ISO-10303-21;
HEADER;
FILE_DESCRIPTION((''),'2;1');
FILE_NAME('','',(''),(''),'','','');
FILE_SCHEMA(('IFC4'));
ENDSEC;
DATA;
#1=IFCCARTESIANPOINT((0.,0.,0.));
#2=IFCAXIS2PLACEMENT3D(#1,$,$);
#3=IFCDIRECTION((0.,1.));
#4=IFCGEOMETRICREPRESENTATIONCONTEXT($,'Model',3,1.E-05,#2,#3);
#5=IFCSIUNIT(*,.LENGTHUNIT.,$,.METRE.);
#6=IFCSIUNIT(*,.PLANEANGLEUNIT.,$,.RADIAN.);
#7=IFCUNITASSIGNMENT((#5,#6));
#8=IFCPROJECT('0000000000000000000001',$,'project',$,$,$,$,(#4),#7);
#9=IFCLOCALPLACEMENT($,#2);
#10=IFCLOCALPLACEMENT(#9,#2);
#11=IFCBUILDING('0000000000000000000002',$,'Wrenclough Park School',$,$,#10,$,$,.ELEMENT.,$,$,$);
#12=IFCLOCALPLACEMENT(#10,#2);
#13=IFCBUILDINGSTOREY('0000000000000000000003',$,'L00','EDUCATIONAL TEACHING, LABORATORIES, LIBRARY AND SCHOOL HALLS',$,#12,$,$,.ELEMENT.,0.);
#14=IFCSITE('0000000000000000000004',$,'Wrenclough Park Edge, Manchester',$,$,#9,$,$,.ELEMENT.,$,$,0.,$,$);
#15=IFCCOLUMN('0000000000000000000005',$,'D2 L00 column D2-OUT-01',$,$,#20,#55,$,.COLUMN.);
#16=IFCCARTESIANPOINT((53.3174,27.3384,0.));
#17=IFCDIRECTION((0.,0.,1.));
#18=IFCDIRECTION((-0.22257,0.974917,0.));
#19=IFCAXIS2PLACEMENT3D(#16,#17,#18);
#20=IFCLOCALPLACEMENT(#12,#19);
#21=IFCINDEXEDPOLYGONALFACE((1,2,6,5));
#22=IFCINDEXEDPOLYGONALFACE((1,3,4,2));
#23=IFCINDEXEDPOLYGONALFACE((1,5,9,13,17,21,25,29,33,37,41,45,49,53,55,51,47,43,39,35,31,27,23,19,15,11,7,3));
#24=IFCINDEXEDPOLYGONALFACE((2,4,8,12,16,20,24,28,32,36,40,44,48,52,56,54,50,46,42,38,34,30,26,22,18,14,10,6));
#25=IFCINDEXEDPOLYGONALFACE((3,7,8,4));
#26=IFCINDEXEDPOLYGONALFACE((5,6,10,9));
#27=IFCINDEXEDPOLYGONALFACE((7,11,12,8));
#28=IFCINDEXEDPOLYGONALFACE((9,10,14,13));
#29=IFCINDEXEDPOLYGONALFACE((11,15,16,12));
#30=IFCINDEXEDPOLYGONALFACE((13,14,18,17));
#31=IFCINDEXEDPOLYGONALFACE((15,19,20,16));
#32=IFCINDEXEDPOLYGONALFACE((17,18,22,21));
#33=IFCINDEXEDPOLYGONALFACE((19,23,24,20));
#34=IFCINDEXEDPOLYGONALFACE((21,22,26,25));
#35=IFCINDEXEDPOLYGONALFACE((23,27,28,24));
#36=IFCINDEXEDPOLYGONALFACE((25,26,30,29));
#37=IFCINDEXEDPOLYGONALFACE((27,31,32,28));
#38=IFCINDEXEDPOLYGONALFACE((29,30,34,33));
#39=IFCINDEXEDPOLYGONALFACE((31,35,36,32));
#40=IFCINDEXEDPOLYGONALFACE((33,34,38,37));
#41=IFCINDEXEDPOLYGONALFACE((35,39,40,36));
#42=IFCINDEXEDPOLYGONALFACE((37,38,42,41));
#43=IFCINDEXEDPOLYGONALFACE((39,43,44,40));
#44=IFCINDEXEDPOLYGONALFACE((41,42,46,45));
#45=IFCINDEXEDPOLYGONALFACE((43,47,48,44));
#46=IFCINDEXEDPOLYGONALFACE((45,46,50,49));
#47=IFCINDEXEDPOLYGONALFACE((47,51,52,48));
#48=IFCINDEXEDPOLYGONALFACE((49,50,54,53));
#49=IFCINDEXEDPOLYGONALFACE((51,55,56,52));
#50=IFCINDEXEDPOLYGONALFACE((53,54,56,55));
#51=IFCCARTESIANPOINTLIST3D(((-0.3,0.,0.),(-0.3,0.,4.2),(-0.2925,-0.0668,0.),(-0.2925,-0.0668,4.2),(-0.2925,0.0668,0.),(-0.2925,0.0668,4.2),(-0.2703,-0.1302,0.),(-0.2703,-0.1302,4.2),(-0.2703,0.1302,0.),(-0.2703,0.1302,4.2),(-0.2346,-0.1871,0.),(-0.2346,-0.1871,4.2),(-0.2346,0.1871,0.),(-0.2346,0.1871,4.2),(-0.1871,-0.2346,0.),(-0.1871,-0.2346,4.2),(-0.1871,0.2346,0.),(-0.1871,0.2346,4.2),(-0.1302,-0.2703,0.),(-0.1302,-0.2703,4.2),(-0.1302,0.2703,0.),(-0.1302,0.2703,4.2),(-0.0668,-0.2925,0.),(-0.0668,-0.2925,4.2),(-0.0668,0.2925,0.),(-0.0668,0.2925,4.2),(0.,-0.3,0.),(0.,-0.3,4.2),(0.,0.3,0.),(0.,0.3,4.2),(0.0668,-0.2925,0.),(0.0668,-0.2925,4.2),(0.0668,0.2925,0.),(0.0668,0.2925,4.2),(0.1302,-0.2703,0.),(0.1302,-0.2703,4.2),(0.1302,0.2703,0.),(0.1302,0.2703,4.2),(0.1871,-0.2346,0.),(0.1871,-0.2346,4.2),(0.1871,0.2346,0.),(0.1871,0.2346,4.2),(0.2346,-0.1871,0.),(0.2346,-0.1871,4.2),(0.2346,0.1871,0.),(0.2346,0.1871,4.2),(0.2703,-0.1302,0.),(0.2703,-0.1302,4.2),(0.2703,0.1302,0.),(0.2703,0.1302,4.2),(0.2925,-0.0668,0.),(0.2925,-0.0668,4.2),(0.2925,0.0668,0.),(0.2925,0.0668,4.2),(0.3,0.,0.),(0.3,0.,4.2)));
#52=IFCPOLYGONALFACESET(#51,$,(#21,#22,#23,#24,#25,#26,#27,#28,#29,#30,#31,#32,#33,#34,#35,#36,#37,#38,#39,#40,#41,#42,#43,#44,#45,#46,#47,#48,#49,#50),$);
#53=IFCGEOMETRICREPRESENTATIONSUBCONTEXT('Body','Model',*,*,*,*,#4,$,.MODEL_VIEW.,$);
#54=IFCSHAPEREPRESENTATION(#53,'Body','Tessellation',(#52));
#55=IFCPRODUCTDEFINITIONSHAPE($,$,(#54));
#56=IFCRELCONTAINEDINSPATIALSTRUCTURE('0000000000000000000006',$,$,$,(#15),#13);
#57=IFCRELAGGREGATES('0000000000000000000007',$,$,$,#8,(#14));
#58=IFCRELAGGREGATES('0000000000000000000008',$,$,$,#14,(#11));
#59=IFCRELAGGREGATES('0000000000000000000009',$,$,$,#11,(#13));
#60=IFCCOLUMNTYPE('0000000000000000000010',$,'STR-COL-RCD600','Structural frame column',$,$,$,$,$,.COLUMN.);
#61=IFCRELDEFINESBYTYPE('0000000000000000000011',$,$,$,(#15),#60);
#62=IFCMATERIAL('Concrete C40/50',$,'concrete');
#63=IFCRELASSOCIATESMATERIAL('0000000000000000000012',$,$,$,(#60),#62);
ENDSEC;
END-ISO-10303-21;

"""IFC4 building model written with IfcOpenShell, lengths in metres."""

from ifc_helpers import new_model, si_unit, direction, frame, origin, origin_2d, place, context, subcontext, project, spatial, circle, extrude, material, material_profile, profile_set, type_object, element, save


model = new_model("IFC4")

# Units and contexts
model_context = context("Model", 3, precision=1e-05, world=origin(), true_north=direction((0.0, 1.0)))
body_context = subcontext(model_context, "Body", "Model", "MODEL_VIEW")
ifc_project = project(units=[si_unit("LENGTHUNIT", "METRE"), si_unit("PLANEANGLEUNIT", "RADIAN")], contexts=[model_context])

# Site, building, storey
site_placement = place(None, origin())
site = spatial("IfcSite", under=ifc_project, at=site_placement, Name="Wrenclough Park Edge, Manchester", CompositionType="ELEMENT", RefElevation=0.0)
building_placement = place(site_placement, origin())
building = spatial("IfcBuilding", under=site, at=building_placement, Name="Wrenclough Park School", CompositionType="ELEMENT")
storey_placement = place(building_placement, origin())
storey = spatial("IfcBuildingStorey", under=building, at=storey_placement, Name="L00", Description="EDUCATIONAL TEACHING, LABORATORIES, LIBRARY AND SCHOOL HALLS", CompositionType="ELEMENT", Elevation=0.0)

# Column
ifc_material_1 = material(Name="Concrete C40/50", Category="concrete")
ifc_material_profile_1 = material_profile(ifc_material_1, circle(Radius=0.3, at=origin_2d()), Name="RC COL D600")
ifc_profile_set_1 = profile_set([ifc_material_profile_1], Name="Concrete C40/50")
column_type_1 = type_object("IfcColumnType", Name="STR-COL-RCD600", Description="Structural frame column", PredefinedType="COLUMN", material=ifc_profile_set_1)
column_1_placement = place(storey_placement, frame((53.3174, 27.3384, 0.0), z_axis=(0.0, 0.0, 1.0), x_axis=(-0.22257, 0.974917, 0.0)))
element("IfcColumn", 1, at=column_1_placement, inside=storey, type_object=column_type_1, Name="D2 L00 column D2-OUT-01", PredefinedType="COLUMN", context=body_context, shape_type="SweptSolid", body=[
    extrude(circle(Radius=0.3, at=origin_2d()), origin(), (0.0, 0.0, 1.0), 4.2),
])

save(model, "model.ifc")
